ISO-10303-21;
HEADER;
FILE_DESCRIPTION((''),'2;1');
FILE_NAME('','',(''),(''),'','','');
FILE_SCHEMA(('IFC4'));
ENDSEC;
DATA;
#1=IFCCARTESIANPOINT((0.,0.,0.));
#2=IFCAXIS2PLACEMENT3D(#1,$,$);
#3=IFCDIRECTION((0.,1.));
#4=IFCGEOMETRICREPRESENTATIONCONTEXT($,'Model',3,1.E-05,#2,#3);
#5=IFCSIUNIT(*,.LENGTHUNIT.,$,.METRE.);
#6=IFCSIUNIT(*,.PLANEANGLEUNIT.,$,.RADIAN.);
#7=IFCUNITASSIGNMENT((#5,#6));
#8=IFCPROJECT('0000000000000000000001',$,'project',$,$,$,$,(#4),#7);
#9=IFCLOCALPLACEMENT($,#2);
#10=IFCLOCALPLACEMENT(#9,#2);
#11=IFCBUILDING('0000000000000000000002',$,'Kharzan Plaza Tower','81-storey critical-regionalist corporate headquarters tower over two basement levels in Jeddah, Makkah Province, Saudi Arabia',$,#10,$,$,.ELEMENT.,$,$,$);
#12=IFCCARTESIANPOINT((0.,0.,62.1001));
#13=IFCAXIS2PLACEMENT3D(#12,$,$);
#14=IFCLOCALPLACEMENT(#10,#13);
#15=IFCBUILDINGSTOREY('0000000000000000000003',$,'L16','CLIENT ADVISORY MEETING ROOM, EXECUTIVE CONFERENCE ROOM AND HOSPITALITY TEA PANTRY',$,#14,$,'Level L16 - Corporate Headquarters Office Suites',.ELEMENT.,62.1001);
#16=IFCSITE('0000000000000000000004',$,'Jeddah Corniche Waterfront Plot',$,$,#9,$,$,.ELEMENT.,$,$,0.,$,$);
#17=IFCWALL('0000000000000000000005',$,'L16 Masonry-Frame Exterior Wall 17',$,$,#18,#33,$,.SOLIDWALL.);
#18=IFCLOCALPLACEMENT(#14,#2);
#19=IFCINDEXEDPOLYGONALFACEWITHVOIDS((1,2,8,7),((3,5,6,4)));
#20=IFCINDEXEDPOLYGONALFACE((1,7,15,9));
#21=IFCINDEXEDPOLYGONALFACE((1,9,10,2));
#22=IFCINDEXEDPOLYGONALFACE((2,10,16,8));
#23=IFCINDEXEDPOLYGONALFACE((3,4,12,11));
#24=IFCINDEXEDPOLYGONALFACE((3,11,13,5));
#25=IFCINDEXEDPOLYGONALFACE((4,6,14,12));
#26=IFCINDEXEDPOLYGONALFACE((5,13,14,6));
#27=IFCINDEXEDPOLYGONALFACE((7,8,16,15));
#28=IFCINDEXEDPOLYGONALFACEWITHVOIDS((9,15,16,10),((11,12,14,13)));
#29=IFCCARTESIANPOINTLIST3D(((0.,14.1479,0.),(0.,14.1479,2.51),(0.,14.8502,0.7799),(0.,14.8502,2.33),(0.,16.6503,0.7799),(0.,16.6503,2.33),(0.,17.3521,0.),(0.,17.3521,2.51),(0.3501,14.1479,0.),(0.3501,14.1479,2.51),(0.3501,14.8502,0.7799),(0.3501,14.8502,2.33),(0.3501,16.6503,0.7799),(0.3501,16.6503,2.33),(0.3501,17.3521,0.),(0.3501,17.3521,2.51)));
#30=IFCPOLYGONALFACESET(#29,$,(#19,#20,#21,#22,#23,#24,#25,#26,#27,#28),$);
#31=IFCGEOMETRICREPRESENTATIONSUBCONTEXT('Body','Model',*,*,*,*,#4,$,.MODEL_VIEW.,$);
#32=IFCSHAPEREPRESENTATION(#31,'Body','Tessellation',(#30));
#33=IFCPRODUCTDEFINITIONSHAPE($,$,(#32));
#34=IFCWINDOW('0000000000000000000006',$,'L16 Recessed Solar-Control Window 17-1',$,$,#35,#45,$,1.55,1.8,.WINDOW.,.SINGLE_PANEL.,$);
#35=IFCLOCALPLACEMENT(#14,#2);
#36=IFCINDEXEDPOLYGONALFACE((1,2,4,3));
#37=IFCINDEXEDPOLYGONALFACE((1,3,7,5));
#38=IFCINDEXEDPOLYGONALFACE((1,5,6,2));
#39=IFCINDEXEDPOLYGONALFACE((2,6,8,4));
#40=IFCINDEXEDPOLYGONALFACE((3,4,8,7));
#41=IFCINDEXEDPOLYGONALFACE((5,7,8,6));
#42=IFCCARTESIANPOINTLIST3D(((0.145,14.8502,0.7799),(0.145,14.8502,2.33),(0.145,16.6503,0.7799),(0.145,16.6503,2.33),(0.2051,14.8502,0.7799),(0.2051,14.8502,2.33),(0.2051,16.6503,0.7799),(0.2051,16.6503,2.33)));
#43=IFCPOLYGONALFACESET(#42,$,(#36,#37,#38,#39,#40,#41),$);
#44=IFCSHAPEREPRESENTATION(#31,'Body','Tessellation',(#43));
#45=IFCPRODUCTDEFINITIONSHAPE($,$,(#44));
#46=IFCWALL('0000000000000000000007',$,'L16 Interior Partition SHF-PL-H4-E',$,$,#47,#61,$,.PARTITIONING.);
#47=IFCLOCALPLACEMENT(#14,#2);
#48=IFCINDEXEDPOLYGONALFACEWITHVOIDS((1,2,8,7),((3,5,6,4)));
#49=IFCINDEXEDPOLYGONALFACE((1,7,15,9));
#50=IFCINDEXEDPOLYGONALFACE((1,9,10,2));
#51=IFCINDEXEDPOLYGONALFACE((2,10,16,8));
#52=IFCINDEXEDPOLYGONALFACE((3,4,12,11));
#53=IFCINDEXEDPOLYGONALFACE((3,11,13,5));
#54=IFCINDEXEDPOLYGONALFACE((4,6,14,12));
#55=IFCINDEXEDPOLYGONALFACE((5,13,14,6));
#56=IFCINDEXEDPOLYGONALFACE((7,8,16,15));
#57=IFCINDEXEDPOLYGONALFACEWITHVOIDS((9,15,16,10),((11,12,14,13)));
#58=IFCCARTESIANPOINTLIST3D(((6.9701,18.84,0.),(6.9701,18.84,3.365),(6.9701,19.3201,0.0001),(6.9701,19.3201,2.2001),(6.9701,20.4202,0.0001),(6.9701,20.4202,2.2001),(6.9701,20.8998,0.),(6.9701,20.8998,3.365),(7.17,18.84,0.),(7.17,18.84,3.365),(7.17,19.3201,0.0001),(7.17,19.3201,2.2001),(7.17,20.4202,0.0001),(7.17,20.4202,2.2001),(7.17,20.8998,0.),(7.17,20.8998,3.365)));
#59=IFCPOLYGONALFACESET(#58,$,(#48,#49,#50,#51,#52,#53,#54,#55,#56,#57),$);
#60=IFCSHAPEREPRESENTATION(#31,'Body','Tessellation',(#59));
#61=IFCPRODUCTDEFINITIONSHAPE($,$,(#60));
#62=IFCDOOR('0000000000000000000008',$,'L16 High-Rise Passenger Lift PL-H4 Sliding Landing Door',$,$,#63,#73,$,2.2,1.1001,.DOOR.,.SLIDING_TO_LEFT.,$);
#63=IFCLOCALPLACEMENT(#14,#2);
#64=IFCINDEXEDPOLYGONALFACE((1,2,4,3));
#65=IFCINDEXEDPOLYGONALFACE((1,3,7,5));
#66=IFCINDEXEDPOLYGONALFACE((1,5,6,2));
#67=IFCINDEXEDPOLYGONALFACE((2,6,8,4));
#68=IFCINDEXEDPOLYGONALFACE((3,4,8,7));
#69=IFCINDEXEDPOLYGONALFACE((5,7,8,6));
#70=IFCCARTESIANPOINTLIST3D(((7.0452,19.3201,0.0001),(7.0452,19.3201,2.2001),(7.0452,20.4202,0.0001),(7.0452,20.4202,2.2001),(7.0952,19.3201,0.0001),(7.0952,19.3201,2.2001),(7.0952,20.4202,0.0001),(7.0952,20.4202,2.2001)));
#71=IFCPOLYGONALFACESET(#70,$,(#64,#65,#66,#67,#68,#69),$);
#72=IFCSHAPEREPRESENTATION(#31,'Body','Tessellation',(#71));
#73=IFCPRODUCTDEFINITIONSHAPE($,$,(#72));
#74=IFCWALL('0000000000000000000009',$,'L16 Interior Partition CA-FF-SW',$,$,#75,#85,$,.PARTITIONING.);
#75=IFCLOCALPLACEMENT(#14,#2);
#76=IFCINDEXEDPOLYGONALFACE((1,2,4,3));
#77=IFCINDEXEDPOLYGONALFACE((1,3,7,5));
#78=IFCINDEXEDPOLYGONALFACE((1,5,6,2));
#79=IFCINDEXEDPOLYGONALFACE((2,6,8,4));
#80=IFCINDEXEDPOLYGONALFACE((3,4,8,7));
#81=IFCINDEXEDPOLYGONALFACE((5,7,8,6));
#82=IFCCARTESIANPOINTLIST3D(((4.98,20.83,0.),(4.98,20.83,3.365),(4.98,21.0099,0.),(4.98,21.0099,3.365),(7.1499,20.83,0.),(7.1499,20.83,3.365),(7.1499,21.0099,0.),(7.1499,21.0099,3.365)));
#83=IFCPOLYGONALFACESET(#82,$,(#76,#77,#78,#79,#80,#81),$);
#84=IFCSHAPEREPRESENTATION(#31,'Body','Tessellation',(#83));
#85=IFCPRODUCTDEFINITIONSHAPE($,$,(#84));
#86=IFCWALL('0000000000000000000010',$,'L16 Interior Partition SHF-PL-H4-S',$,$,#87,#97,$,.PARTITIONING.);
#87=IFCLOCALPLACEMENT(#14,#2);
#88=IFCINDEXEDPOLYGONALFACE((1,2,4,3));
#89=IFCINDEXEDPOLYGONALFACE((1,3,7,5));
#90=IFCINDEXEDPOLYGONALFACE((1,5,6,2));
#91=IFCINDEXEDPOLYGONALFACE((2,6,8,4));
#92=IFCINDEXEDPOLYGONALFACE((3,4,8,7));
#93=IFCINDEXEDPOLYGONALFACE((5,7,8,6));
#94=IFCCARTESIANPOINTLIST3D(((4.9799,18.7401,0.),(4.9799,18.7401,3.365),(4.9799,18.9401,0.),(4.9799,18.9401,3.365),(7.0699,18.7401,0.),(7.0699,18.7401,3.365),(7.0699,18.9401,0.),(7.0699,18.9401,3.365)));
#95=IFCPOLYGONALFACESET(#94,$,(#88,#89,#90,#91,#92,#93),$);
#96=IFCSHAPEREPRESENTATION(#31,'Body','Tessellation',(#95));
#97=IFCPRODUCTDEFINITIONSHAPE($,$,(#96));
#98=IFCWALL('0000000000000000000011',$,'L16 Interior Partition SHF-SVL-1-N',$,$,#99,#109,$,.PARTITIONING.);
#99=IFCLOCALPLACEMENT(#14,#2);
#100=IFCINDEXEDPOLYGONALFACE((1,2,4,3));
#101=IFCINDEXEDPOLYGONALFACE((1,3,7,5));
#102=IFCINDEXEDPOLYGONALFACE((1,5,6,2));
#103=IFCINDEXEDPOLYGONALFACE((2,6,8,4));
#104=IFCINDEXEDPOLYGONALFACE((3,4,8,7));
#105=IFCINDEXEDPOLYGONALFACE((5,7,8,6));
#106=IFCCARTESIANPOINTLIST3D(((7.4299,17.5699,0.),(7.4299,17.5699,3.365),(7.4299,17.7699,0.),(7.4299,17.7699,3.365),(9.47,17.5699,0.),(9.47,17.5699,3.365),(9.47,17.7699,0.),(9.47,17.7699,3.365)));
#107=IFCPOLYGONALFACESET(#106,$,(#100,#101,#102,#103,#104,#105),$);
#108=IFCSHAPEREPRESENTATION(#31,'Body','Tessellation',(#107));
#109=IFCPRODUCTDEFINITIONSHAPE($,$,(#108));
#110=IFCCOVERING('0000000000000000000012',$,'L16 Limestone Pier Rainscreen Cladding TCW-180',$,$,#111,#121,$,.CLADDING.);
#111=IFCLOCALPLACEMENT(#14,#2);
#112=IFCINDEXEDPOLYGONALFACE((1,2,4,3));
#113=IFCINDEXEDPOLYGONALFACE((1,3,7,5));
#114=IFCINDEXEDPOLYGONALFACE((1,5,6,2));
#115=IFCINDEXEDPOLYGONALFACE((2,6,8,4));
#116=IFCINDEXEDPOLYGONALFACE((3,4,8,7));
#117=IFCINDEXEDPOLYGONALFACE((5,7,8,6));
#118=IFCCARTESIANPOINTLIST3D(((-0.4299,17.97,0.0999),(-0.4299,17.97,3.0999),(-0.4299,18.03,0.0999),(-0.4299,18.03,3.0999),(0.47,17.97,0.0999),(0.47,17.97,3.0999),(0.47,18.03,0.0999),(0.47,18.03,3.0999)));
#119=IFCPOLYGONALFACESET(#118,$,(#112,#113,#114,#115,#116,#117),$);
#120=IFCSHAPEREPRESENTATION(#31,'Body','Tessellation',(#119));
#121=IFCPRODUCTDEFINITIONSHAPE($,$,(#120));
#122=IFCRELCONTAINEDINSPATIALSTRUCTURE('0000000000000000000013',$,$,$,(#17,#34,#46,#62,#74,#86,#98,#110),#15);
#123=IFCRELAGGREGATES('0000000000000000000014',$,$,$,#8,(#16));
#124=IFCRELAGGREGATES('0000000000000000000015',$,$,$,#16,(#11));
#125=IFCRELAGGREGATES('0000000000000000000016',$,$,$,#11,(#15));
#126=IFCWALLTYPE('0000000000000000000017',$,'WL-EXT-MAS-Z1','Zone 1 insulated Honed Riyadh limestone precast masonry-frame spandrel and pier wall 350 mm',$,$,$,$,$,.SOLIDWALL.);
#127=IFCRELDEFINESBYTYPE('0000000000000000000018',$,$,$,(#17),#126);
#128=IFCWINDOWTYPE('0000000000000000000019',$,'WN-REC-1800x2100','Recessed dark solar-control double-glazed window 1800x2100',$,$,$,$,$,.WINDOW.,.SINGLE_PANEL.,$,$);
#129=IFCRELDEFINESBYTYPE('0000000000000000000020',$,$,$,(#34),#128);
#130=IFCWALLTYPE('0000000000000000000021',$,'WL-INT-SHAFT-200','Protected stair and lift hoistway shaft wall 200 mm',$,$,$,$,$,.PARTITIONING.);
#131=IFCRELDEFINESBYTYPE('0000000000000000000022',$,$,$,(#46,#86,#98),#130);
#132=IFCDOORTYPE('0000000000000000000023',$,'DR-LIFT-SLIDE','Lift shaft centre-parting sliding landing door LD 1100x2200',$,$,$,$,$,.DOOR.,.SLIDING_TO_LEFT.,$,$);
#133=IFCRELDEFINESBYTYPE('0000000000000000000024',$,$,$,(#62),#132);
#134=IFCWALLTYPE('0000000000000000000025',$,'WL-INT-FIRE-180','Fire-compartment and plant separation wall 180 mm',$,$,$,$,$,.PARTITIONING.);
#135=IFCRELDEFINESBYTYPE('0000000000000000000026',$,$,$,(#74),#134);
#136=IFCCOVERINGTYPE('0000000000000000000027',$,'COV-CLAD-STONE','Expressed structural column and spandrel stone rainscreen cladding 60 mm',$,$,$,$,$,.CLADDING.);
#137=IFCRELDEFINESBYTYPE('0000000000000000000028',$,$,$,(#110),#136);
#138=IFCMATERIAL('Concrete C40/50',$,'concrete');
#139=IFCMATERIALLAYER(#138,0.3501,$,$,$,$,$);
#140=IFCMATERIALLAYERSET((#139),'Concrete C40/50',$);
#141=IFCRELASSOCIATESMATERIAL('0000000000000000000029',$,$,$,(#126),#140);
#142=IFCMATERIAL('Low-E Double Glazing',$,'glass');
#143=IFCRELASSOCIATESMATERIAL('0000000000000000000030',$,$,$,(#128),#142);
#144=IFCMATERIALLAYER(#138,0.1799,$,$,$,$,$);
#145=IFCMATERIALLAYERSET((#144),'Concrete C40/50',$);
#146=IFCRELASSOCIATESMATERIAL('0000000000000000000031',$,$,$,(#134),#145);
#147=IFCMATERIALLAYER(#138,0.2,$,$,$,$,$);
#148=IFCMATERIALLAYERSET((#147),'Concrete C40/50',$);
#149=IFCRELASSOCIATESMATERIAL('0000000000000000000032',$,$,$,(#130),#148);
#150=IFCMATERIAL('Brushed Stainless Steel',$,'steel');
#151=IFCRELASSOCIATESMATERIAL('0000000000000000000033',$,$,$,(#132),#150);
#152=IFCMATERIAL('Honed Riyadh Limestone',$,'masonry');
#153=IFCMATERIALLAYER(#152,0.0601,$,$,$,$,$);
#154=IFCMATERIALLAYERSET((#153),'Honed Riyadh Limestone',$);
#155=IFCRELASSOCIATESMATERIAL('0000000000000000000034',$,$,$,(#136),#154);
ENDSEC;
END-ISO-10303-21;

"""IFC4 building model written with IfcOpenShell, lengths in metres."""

from ifc_helpers import new_model, si_unit, direction, frame, frame_2d, origin, origin_2d, place, context, subcontext, project, spatial, rectangle, extrude, source, transform, mapped, material, layer, layer_set, type_object, element, fill, save


model = new_model("IFC4")

# Units and contexts
model_context = context("Model", 3, precision=1e-05, world=origin(), true_north=direction((0.0, 1.0)))
body_context = subcontext(model_context, "Body", "Model", "MODEL_VIEW")
ifc_project = project(units=[si_unit("LENGTHUNIT", "METRE"), si_unit("PLANEANGLEUNIT", "RADIAN")], contexts=[model_context])

# Site, building, storey
site_placement = place(None, origin())
site = spatial("IfcSite", under=ifc_project, at=site_placement, Name="Jeddah Corniche Waterfront Plot", CompositionType="ELEMENT", RefElevation=0.0)
building_placement = place(site_placement, origin())
building = spatial("IfcBuilding", under=site, at=building_placement, Name="Kharzan Plaza Tower", Description="81-storey critical-regionalist corporate headquarters tower over two basement levels in Jeddah, Makkah Province, Saudi Arabia", CompositionType="ELEMENT")
storey_placement = place(building_placement, frame((0.0, 0.0, 62.1001)))
storey = spatial("IfcBuildingStorey", under=building, at=storey_placement, Name="L16", Description="CLIENT ADVISORY MEETING ROOM, EXECUTIVE CONFERENCE ROOM AND HOSPITALITY TEA PANTRY", LongName="Level L16 - Corporate Headquarters Office Suites", CompositionType="ELEMENT", Elevation=62.1001)

# Wall, opening, window
ifc_material_1 = material(Name="Concrete C40/50", Category="concrete")
ifc_layer_1 = layer(ifc_material_1, 0.3501)
ifc_layer_set_1 = layer_set([ifc_layer_1], Name="Concrete C40/50")
wall_type_1 = type_object("IfcWallType", Name="WL-EXT-MAS-Z1", Description="Zone 1 insulated Honed Riyadh limestone precast masonry-frame spandrel and pier wall 350 mm", PredefinedType="SOLIDWALL", material=ifc_layer_set_1)
ifc_material_2 = material(Name="Low-E Double Glazing", Category="glass")
window_type = type_object("IfcWindowType", Name="WN-REC-1800x2100", Description="Recessed dark solar-control double-glazed window 1800x2100", PartitioningType="SINGLE_PANEL", PredefinedType="WINDOW", material=ifc_material_2)
shared_shape_1 = source(origin(), body_context, "Body", "SweptSolid", [
    extrude(rectangle(XDim=1.8, YDim=1.55, at=frame_2d((0.8999, 0.7749))), frame((0.0, 0.03, 0.0), z_axis=(0.0, -1.0, 0.0), x_axis=(1.0, 0.0, 0.0)), (0.0, 0.0, 1.0), 0.0601),
])
wall_1_placement = place(storey_placement, frame((0.175, 17.3521, 0.0), z_axis=(0.0, 0.0, 1.0), x_axis=(0.0, -1.0, 0.0)))
wall_1 = element("IfcWall", 1, at=wall_1_placement, inside=storey, type_object=wall_type_1, Name="L16 Masonry-Frame Exterior Wall 17", PredefinedType="SOLIDWALL", context=body_context, shape_type="SweptSolid", body=[
    extrude(rectangle(XDim=3.2041, YDim=0.3501, at=frame_2d((1.6021, 0.0))), origin(), (0.0, 0.0, 1.0), 2.51),
])
opening_1_placement = place(wall_1_placement, frame((0.7019, 0.0, 0.78)))
opening_1 = element("IfcOpeningElement", 2, at=opening_1_placement, cuts=wall_1, PredefinedType="OPENING", context=body_context, shape_type="SweptSolid", body=[
    extrude(rectangle(XDim=1.8, YDim=1.55, at=frame_2d((0.8999, 0.7749))), frame((0.0, 0.1851, 0.0), z_axis=(0.0, -1.0, 0.0), x_axis=(1.0, 0.0, 0.0)), (0.0, 0.0, 1.0), 0.3701),
])
window_1_placement = place(opening_1_placement, origin())
window_1 = element("IfcWindow", 3, at=window_1_placement, inside=storey, type_object=window_type, Name="L16 Recessed Solar-Control Window 17-1", OverallHeight=1.55, OverallWidth=1.8, PartitioningType="SINGLE_PANEL", PredefinedType="WINDOW", context=body_context, shape_type="MappedRepresentation", body=[
    mapped(shared_shape_1, transform((0.0, 0.0, 0.0), x_axis=(1.0, 0.0, 0.0), y_axis=(0.0, 1.0, 0.0), z_axis=(0.0, 0.0, 1.0))),
])
fill(opening_1, window_1)

# Wall, opening, door
ifc_layer_2 = layer(ifc_material_1, 0.1799)
ifc_layer_set_2 = layer_set([ifc_layer_2], Name="Concrete C40/50")
wall_type_2 = type_object("IfcWallType", Name="WL-INT-FIRE-180", Description="Fire-compartment and plant separation wall 180 mm", PredefinedType="PARTITIONING", material=ifc_layer_set_2)
ifc_layer_3 = layer(ifc_material_1, 0.2)
ifc_layer_set_3 = layer_set([ifc_layer_3], Name="Concrete C40/50")
wall_type_3 = type_object("IfcWallType", Name="WL-INT-SHAFT-200", Description="Protected stair and lift hoistway shaft wall 200 mm", PredefinedType="PARTITIONING", material=ifc_layer_set_3)
wall_2_placement = place(storey_placement, frame((7.0701, 18.8401, 0.0), z_axis=(0.0, 0.0, 1.0), x_axis=(0.0, 1.0, 0.0)))
wall_2 = element("IfcWall", 4, at=wall_2_placement, inside=storey, type_object=wall_type_3, Name="L16 Interior Partition SHF-PL-H4-E", PredefinedType="PARTITIONING", context=body_context, shape_type="SweptSolid", body=[
    extrude(rectangle(XDim=2.0598, YDim=0.2, at=frame_2d((1.0298, 0.0))), origin(), (0.0, 0.0, 1.0), 3.365),
])
opening_2_placement = place(wall_2_placement, frame((0.48, 0.0, 0.0)))
opening_2 = element("IfcOpeningElement", 5, at=opening_2_placement, cuts=wall_2, PredefinedType="OPENING", context=body_context, shape_type="SweptSolid", body=[
    extrude(rectangle(XDim=1.1001, YDim=2.2, at=frame_2d((0.55, 1.1001))), frame((0.0, 0.1099, 0.0), z_axis=(0.0, -1.0, 0.0), x_axis=(1.0, 0.0, 0.0)), (0.0, 0.0, 1.0), 0.22),
])
ifc_material_3 = material(Name="Brushed Stainless Steel", Category="steel")
door_type_1 = type_object("IfcDoorType", Name="DR-LIFT-SLIDE", Description="Lift shaft centre-parting sliding landing door LD 1100x2200", OperationType="SLIDING_TO_LEFT", PredefinedType="DOOR", material=ifc_material_3)
shared_shape_2 = source(origin(), body_context, "Body", "SweptSolid", [
    extrude(rectangle(XDim=1.1001, YDim=2.2, at=frame_2d((0.55, 1.1001))), frame((0.0, 0.0249, 0.0), z_axis=(0.0, -1.0, 0.0), x_axis=(1.0, 0.0, 0.0)), (0.0, 0.0, 1.0), 0.05),
])
door_1_placement = place(opening_2_placement, origin())
door_1 = element("IfcDoor", 6, at=door_1_placement, inside=storey, type_object=door_type_1, Name="L16 High-Rise Passenger Lift PL-H4 Sliding Landing Door", OperationType="SLIDING_TO_LEFT", OverallHeight=2.2, OverallWidth=1.1001, PredefinedType="DOOR", context=body_context, shape_type="MappedRepresentation", body=[
    mapped(shared_shape_2, transform((0.0, 0.0, 0.0), x_axis=(1.0, 0.0, 0.0), y_axis=(0.0, 1.0, 0.0), z_axis=(0.0, 0.0, 1.0))),
])
fill(opening_2, door_1)

# Walls
shared_shape_3 = source(origin(), body_context, "Body", "SweptSolid", [
    extrude(rectangle(XDim=2.1699, YDim=0.1799, at=frame_2d((1.085, 0.0))), origin(), (0.0, 0.0, 1.0), 3.365),
])
wall_3_placement = place(storey_placement, frame((4.98, 20.9199, 0.0), z_axis=(0.0, 0.0, 1.0), x_axis=(1.0, 0.0, 0.0)))
element("IfcWall", 7, at=wall_3_placement, inside=storey, type_object=wall_type_2, Name="L16 Interior Partition CA-FF-SW", PredefinedType="PARTITIONING", context=body_context, shape_type="MappedRepresentation", body=[
    mapped(shared_shape_3, transform((0.0, 0.0, 0.0), x_axis=(1.0, 0.0, 0.0), y_axis=(0.0, 1.0, 0.0), z_axis=(0.0, 0.0, 1.0))),
])
shared_shape_4 = source(origin(), body_context, "Body", "SweptSolid", [
    extrude(rectangle(XDim=2.0901, YDim=0.2, at=frame_2d((1.0449, 0.0))), origin(), (0.0, 0.0, 1.0), 3.365),
])
wall_4_placement = place(storey_placement, frame((4.98, 18.8401, 0.0), z_axis=(0.0, 0.0, 1.0), x_axis=(1.0, 0.0, 0.0)))
element("IfcWall", 8, at=wall_4_placement, inside=storey, type_object=wall_type_3, Name="L16 Interior Partition SHF-PL-H4-S", PredefinedType="PARTITIONING", context=body_context, shape_type="MappedRepresentation", body=[
    mapped(shared_shape_4, transform((0.0, 0.0, 0.0), x_axis=(1.0, 0.0, 0.0), y_axis=(0.0, 1.0, 0.0), z_axis=(0.0, 0.0, 1.0))),
])
shared_shape_5 = source(origin(), body_context, "Body", "SweptSolid", [
    extrude(rectangle(XDim=2.04, YDim=0.2, at=frame_2d((1.02, 0.0))), origin(), (0.0, 0.0, 1.0), 3.365),
])
wall_5_placement = place(storey_placement, frame((7.4299, 17.6699, 0.0), z_axis=(0.0, 0.0, 1.0), x_axis=(1.0, 0.0, 0.0)))
element("IfcWall", 9, at=wall_5_placement, inside=storey, type_object=wall_type_3, Name="L16 Interior Partition SHF-SVL-1-N", PredefinedType="PARTITIONING", context=body_context, shape_type="MappedRepresentation", body=[
    mapped(shared_shape_5, transform((0.0, 0.0, 0.0), x_axis=(1.0, 0.0, 0.0), y_axis=(0.0, 1.0, 0.0), z_axis=(0.0, 0.0, 1.0))),
])

# Covering
ifc_material_4 = material(Name="Honed Riyadh Limestone", Category="masonry")
ifc_layer_4 = layer(ifc_material_4, 0.0601)
ifc_layer_set_4 = layer_set([ifc_layer_4], Name="Honed Riyadh Limestone")
covering_type = type_object("IfcCoveringType", Name="COV-CLAD-STONE", Description="Expressed structural column and spandrel stone rainscreen cladding 60 mm", PredefinedType="CLADDING", material=ifc_layer_set_4)
shared_shape_6 = source(origin(), body_context, "Body", "SweptSolid", [
    extrude(rectangle(XDim=0.0601, YDim=0.8999, at=origin_2d()), origin(), (0.0, 0.0, 1.0), 3.0),
])
covering_placement = place(storey_placement, frame((0.02, 18.0, 0.0999), z_axis=(0.0, 0.0, 1.0), x_axis=(0.0, 1.0, 0.0)))
element("IfcCovering", 10, at=covering_placement, inside=storey, type_object=covering_type, Name="L16 Limestone Pier Rainscreen Cladding TCW-180", PredefinedType="CLADDING", context=body_context, shape_type="MappedRepresentation", body=[
    mapped(shared_shape_6, transform((0.0, 0.0, 0.0), x_axis=(1.0, 0.0, 0.0), y_axis=(0.0, 1.0, 0.0), z_axis=(0.0, 0.0, 1.0))),
])

save(model, "model.ifc")
